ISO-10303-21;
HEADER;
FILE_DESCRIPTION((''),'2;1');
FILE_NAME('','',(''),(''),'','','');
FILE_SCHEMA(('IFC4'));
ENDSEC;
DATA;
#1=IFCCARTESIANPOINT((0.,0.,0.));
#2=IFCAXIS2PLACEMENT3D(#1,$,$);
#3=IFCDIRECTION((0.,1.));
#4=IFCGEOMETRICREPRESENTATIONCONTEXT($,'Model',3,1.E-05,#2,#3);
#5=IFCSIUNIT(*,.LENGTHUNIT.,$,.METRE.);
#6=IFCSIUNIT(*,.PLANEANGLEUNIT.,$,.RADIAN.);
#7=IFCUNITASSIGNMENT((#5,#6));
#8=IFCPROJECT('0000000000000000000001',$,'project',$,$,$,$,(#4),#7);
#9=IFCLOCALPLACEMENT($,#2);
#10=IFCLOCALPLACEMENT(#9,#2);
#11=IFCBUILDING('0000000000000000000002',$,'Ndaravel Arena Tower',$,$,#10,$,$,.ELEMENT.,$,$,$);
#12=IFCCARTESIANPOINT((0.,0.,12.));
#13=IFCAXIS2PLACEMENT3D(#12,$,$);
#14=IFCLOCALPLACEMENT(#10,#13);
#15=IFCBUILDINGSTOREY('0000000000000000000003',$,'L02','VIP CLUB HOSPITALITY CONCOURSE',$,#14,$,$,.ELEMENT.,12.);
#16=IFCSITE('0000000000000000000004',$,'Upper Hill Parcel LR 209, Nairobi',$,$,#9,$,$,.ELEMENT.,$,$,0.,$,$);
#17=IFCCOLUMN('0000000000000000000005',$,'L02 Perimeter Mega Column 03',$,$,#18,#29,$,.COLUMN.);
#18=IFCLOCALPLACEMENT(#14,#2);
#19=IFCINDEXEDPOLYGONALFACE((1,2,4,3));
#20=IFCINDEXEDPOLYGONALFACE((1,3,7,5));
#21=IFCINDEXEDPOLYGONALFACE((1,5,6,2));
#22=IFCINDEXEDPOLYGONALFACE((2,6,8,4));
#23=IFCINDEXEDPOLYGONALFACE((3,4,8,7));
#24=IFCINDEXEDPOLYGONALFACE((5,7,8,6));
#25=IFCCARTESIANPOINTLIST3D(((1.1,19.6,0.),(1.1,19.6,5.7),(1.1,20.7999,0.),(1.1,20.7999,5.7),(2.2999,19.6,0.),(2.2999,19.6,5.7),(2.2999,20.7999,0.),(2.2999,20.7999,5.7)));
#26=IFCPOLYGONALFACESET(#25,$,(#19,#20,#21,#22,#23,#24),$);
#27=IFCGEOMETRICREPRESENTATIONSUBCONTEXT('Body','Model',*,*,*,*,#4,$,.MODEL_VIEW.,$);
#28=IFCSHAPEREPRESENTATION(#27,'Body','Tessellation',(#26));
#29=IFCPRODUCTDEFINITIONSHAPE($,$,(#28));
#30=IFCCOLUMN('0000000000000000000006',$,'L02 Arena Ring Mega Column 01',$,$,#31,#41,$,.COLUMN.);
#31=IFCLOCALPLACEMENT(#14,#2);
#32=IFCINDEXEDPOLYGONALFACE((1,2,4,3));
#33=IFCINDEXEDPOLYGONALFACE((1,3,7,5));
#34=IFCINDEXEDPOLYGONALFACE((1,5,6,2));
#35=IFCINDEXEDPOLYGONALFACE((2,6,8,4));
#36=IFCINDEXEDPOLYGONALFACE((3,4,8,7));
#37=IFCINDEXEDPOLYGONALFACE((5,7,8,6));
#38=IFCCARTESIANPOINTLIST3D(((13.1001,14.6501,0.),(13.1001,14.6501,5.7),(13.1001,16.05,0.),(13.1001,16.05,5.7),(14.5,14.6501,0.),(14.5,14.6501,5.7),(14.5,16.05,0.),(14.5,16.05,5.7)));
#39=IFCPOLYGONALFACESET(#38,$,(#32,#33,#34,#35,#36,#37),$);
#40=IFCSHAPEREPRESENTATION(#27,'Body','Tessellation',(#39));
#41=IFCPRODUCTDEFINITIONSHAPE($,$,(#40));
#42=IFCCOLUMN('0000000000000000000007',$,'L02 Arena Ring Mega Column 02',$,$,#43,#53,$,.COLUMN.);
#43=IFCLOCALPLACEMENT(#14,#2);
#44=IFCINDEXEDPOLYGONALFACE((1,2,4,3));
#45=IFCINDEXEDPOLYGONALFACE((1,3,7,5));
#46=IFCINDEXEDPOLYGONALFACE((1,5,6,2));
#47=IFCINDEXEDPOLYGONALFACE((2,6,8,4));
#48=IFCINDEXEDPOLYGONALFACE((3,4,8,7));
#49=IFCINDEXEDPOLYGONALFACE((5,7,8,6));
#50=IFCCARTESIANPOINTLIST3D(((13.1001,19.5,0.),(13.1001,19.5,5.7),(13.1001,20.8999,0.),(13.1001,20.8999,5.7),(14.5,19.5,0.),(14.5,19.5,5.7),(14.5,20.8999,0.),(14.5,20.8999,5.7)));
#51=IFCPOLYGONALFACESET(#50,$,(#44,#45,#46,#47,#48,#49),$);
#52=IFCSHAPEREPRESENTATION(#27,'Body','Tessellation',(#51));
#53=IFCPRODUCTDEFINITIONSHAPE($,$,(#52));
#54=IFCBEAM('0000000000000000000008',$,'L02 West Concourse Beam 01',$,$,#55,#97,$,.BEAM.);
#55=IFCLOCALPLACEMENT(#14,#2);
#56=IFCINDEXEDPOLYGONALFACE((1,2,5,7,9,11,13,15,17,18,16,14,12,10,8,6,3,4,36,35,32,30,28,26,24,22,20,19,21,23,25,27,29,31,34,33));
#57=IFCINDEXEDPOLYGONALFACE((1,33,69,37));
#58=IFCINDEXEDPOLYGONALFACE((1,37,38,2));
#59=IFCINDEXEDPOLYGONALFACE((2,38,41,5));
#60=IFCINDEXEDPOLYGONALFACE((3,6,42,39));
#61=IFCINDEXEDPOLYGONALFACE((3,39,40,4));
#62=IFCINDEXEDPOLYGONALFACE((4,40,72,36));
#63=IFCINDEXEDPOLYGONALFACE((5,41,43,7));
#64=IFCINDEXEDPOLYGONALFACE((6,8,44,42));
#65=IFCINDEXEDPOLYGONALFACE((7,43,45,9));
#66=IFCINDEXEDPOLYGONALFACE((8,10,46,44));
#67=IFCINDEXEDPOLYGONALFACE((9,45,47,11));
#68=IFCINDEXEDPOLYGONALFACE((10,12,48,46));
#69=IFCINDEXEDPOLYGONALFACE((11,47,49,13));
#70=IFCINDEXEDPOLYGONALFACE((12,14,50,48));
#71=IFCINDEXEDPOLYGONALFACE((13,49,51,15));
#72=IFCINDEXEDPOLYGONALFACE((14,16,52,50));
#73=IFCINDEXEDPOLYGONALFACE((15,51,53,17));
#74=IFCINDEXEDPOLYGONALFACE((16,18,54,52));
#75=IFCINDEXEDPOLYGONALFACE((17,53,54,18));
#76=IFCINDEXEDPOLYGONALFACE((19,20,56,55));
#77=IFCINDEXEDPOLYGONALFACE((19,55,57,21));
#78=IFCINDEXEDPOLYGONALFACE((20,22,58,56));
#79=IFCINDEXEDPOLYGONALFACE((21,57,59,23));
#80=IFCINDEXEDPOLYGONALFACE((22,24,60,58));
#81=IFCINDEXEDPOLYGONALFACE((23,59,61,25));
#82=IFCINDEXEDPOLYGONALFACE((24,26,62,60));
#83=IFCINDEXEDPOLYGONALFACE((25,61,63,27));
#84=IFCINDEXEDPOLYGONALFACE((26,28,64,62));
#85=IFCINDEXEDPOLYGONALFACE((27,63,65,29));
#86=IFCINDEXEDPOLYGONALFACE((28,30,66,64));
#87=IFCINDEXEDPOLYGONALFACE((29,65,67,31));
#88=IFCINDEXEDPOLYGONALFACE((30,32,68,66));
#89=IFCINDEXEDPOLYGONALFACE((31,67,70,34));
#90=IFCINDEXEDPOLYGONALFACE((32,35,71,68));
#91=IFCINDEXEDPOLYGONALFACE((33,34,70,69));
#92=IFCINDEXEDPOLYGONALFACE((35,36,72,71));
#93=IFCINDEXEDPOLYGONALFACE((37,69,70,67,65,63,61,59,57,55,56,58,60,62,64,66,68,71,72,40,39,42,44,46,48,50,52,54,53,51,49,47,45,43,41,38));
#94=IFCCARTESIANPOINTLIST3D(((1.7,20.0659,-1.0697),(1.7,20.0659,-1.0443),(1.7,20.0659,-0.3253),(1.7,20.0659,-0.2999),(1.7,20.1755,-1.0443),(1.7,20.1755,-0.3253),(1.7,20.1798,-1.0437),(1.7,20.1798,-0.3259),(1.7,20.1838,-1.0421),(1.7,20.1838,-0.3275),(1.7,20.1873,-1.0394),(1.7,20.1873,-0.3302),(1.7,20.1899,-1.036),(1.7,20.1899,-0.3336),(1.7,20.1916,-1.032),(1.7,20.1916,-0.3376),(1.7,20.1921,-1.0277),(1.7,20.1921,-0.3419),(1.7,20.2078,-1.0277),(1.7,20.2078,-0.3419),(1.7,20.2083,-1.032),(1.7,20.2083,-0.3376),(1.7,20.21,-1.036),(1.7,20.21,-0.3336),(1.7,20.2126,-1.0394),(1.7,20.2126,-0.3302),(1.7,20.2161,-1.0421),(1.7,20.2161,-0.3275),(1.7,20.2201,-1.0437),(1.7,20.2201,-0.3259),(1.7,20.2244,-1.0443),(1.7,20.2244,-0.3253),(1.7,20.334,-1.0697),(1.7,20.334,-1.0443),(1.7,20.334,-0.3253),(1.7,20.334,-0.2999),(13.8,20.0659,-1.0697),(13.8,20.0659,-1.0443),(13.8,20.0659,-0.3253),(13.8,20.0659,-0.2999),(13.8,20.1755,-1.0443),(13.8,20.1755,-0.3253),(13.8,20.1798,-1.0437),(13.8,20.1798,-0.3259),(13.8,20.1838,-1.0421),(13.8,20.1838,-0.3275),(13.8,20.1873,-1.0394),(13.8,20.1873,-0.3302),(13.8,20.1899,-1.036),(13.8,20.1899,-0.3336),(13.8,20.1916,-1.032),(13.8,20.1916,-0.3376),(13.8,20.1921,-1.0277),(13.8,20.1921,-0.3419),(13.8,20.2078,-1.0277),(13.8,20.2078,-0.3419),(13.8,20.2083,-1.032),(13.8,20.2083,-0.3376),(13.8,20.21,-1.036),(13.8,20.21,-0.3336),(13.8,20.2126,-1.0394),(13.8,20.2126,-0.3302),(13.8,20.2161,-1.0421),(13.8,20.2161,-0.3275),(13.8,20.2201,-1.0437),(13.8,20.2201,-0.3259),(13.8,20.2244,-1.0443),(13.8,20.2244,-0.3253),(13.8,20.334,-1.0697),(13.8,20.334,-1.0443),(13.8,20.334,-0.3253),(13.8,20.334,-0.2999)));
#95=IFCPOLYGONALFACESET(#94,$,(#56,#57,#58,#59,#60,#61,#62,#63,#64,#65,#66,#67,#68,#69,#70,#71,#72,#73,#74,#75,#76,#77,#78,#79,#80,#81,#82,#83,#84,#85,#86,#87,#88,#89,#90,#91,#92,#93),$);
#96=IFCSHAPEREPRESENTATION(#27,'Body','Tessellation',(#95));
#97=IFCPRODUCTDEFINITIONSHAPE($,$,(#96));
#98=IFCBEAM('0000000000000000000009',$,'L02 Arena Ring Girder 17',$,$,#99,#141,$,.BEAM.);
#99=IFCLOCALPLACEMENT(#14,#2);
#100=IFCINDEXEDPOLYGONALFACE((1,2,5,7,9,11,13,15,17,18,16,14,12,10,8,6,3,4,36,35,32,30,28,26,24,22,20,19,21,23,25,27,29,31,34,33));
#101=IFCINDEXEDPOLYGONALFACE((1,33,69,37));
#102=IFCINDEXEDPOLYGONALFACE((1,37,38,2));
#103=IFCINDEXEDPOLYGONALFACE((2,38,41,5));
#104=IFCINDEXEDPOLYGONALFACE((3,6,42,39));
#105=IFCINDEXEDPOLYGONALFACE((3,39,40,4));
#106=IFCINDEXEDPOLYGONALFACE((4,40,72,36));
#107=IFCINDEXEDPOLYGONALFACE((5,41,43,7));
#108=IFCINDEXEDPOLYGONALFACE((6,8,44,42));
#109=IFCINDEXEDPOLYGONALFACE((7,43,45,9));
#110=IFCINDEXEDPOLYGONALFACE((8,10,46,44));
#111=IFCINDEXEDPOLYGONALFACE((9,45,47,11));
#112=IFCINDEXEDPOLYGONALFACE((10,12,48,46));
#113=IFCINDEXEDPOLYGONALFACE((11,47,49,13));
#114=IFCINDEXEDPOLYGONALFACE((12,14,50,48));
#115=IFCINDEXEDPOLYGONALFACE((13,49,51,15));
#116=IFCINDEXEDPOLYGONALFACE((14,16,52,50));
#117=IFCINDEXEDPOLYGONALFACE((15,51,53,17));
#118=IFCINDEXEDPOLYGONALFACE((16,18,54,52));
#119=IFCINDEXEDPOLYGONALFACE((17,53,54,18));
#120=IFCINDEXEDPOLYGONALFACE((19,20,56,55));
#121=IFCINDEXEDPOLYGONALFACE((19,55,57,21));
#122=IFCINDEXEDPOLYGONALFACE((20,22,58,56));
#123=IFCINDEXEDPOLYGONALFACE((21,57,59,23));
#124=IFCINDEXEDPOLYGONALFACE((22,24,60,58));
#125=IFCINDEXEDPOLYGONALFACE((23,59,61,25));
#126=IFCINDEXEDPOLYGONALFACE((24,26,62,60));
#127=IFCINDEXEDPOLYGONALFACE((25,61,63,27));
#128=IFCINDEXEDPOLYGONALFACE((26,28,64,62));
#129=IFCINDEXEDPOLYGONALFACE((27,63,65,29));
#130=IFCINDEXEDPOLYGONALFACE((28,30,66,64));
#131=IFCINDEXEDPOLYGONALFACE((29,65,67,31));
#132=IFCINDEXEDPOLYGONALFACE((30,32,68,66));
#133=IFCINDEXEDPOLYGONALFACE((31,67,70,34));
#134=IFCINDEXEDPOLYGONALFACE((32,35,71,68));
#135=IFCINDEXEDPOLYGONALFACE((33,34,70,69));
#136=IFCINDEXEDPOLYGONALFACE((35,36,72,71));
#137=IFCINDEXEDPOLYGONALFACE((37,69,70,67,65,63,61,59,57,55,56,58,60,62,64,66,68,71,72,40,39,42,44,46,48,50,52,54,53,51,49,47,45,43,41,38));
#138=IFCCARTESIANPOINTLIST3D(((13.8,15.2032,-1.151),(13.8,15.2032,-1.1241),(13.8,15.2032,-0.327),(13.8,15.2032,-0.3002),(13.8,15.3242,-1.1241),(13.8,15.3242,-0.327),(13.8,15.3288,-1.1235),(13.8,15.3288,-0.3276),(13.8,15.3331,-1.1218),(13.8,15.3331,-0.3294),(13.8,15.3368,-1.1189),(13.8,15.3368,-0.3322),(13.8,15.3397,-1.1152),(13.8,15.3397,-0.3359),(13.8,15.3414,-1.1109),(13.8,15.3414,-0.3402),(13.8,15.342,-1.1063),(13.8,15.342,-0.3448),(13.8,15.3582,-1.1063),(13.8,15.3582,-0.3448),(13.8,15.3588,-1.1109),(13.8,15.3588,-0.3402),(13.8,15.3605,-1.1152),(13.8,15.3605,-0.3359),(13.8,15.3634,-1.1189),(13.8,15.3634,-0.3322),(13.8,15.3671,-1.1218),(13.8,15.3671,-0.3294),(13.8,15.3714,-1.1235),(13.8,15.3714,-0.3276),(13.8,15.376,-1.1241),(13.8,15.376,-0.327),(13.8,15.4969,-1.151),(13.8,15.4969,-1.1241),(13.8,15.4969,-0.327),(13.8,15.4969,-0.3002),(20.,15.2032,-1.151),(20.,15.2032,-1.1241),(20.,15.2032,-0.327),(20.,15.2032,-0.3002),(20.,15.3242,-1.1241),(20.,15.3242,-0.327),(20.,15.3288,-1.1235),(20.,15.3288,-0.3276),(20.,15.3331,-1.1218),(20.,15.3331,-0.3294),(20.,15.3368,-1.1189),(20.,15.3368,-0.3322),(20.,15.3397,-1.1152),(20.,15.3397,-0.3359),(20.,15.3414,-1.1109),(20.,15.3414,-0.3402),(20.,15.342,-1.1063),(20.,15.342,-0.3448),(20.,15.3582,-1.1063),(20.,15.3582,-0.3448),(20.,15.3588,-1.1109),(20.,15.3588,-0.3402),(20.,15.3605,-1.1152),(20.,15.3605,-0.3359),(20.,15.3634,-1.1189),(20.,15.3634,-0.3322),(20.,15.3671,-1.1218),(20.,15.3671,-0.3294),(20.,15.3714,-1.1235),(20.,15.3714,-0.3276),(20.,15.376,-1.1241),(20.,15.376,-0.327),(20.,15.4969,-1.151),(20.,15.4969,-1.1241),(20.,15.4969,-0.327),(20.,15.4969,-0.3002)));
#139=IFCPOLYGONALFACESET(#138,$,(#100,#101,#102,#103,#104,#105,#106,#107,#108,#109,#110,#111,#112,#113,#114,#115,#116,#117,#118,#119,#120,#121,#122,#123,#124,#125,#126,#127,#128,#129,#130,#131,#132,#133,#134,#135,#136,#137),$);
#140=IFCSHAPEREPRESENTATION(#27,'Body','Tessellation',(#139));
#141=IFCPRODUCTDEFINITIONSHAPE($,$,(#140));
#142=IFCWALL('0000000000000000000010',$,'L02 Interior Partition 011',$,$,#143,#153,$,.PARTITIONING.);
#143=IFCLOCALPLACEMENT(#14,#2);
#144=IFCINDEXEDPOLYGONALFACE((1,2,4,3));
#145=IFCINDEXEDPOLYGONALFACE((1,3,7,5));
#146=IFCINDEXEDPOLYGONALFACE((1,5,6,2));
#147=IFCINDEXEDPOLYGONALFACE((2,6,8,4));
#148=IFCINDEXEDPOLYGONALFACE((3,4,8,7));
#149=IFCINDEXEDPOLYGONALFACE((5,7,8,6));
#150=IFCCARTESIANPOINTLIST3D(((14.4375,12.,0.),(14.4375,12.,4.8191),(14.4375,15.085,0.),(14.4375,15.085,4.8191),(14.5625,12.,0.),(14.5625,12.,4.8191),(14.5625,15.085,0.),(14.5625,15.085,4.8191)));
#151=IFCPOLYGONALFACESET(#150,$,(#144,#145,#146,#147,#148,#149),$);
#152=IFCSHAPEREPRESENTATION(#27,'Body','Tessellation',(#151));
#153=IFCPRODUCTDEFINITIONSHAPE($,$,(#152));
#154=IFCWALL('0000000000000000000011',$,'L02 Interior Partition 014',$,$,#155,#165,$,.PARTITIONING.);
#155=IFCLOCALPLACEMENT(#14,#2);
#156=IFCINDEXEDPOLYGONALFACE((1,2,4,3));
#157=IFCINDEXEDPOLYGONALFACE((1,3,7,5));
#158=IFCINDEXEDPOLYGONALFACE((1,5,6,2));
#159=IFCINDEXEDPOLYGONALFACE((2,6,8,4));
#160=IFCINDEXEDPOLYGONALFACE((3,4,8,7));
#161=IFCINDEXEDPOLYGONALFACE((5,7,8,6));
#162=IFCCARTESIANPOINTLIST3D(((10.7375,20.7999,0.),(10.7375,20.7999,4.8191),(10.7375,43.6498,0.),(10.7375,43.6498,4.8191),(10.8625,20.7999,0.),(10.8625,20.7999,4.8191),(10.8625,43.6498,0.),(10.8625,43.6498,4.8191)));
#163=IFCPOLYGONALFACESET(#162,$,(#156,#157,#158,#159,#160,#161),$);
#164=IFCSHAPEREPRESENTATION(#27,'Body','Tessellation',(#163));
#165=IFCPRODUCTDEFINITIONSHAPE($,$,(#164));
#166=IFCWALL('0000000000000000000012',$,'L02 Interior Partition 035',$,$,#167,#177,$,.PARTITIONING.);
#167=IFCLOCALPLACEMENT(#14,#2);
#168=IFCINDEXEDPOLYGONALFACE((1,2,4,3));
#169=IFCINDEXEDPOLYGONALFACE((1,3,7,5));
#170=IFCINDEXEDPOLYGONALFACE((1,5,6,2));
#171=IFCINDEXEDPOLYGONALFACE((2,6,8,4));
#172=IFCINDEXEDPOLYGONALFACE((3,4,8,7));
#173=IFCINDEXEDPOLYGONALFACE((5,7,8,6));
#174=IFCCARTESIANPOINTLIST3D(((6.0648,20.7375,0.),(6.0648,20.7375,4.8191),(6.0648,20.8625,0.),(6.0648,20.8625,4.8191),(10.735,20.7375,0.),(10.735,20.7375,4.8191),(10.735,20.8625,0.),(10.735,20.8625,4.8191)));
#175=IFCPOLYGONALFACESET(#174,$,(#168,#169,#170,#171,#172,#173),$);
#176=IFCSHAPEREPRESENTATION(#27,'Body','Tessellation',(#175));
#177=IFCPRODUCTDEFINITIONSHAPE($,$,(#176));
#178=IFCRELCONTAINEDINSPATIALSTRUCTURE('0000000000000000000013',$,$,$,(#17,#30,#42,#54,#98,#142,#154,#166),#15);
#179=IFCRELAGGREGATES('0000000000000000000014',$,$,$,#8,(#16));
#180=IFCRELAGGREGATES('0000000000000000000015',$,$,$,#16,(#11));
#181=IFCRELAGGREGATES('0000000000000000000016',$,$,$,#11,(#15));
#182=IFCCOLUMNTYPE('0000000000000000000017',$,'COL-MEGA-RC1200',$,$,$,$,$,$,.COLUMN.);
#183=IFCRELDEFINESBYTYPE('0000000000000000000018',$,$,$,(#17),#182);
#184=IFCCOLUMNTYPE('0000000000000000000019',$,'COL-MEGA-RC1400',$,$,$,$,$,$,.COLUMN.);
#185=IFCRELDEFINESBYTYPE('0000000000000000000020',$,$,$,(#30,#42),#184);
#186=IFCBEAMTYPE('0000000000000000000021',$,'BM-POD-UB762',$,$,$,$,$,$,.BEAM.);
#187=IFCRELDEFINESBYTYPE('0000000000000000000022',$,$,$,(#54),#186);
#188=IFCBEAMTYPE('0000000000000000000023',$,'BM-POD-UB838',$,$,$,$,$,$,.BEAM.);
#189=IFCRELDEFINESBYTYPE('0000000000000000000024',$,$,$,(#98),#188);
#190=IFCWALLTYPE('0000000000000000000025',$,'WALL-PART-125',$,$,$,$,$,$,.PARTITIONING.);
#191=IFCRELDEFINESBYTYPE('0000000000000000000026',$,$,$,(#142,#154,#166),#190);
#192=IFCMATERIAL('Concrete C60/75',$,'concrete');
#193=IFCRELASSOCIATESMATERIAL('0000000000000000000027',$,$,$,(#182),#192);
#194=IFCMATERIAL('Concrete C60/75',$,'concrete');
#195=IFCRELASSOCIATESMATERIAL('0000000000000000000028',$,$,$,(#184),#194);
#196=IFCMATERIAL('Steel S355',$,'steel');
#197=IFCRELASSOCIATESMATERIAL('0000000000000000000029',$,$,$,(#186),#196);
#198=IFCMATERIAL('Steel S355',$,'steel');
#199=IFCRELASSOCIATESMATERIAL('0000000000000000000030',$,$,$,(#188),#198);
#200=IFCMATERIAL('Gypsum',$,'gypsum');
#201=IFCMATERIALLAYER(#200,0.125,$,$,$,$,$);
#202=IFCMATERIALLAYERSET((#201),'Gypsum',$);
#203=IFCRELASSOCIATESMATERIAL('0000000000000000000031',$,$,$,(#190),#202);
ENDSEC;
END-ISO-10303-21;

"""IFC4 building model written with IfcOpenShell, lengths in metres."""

from ifc_helpers import new_model, si_unit, direction, frame, frame_2d, origin, origin_2d, place, context, subcontext, project, spatial, rectangle, i_section, extrude, material, layer, layer_set, material_profile, profile_set, type_object, element, save


model = new_model("IFC4")

# Units and contexts
model_context = context("Model", 3, precision=1e-05, world=origin(), true_north=direction((0.0, 1.0)))
body_context = subcontext(model_context, "Body", "Model", "MODEL_VIEW")
ifc_project = project(units=[si_unit("LENGTHUNIT", "METRE"), si_unit("PLANEANGLEUNIT", "RADIAN")], contexts=[model_context])

# Site, building, storey
site_placement = place(None, origin())
site = spatial("IfcSite", under=ifc_project, at=site_placement, Name="Upper Hill Parcel LR 209, Nairobi", CompositionType="ELEMENT", RefElevation=0.0)
building_placement = place(site_placement, origin())
building = spatial("IfcBuilding", under=site, at=building_placement, Name="Ndaravel Arena Tower", CompositionType="ELEMENT")
storey_placement = place(building_placement, frame((0.0, 0.0, 12.0)))
storey = spatial("IfcBuildingStorey", under=building, at=storey_placement, Name="L02", Description="VIP CLUB HOSPITALITY CONCOURSE", CompositionType="ELEMENT", Elevation=12.0)

# Columns
ifc_material_1 = material(Name="Concrete C60/75", Category="concrete")
ifc_material_profile_1 = material_profile(ifc_material_1, rectangle(XDim=1.2, YDim=1.2, at=origin_2d()), Name="RC 1200x1200")
ifc_profile_set_1 = profile_set([ifc_material_profile_1], Name="Concrete C60/75")
column_type_1 = type_object("IfcColumnType", Name="COL-MEGA-RC1200", PredefinedType="COLUMN", material=ifc_profile_set_1)
column_placement = place(storey_placement, frame((1.7, 20.2, 0.0), z_axis=(0.0, 0.0, 1.0), x_axis=(1.0, 0.0, 0.0)))
element("IfcColumn", 1, at=column_placement, inside=storey, type_object=column_type_1, Name="L02 Perimeter Mega Column 03", PredefinedType="COLUMN", context=body_context, shape_type="SweptSolid", body=[
    extrude(rectangle(XDim=1.2, YDim=1.2, at=origin_2d()), origin(), (0.0, 0.0, 1.0), 5.7),
])
ifc_material_2 = material(Name="Concrete C60/75", Category="concrete")
ifc_material_profile_2 = material_profile(ifc_material_2, rectangle(XDim=1.3999, YDim=1.3999, at=origin_2d()), Name="RC 1400x1400")
ifc_profile_set_2 = profile_set([ifc_material_profile_2], Name="Concrete C60/75")
column_type_2 = type_object("IfcColumnType", Name="COL-MEGA-RC1400", PredefinedType="COLUMN", material=ifc_profile_set_2)
for number, where, z_axis, x_axis, name in (
    (2, (13.8, 15.3501, 0.0), (0.0, 0.0, 1.0), (1.0, 0.0, 0.0), "L02 Arena Ring Mega Column 01"),
    (3, (13.8, 20.2, 0.0), (0.0, 0.0, 1.0), (1.0, 0.0, 0.0), "L02 Arena Ring Mega Column 02"),
):
    element("IfcColumn", number, at=place(storey_placement, frame(where, z_axis=z_axis, x_axis=x_axis)), inside=storey, type_object=column_type_2, Name=name, PredefinedType="COLUMN", context=body_context, shape_type="SweptSolid", body=[
        extrude(rectangle(XDim=1.3999, YDim=1.3999, at=origin_2d()), origin(), (0.0, 0.0, 1.0), 5.7),
    ])

# Beams
ifc_material_3 = material(Name="Steel S355", Category="steel")
ifc_material_profile_3 = material_profile(ifc_material_3, i_section(OverallWidth=0.2681, OverallDepth=0.7698, WebThickness=0.0156, FlangeThickness=0.0254, FilletRadius=0.0166, at=origin_2d()), Name="UB 762x267x197")
ifc_profile_set_3 = profile_set([ifc_material_profile_3], Name="Steel S355")
beam_type_1 = type_object("IfcBeamType", Name="BM-POD-UB762", PredefinedType="BEAM", material=ifc_profile_set_3)
beam_1_placement = place(storey_placement, frame((1.7, 20.2, -0.6848), z_axis=(1.0, 0.0, 0.0), x_axis=(0.0, 1.0, 0.0)))
element("IfcBeam", 4, at=beam_1_placement, inside=storey, type_object=beam_type_1, Name="L02 West Concourse Beam 01", PredefinedType="BEAM", context=body_context, shape_type="SweptSolid", body=[
    extrude(i_section(OverallWidth=0.2681, OverallDepth=0.7698, WebThickness=0.0156, FlangeThickness=0.0254, FilletRadius=0.0166, at=origin_2d()), origin(), (0.0, 0.0, 1.0), 12.1001),
])
ifc_material_4 = material(Name="Steel S355", Category="steel")
ifc_material_profile_4 = material_profile(ifc_material_4, i_section(OverallWidth=0.2937, OverallDepth=0.8508, WebThickness=0.0161, FlangeThickness=0.0269, FilletRadius=0.0178, at=origin_2d()), Name="UB 838x292x226")
ifc_profile_set_4 = profile_set([ifc_material_profile_4], Name="Steel S355")
beam_type_2 = type_object("IfcBeamType", Name="BM-POD-UB838", PredefinedType="BEAM", material=ifc_profile_set_4)
beam_2_placement = place(storey_placement, frame((13.8, 15.3501, -0.7256), z_axis=(1.0, 0.0, 0.0), x_axis=(0.0, 1.0, 0.0)))
element("IfcBeam", 5, at=beam_2_placement, inside=storey, type_object=beam_type_2, Name="L02 Arena Ring Girder 17", PredefinedType="BEAM", context=body_context, shape_type="SweptSolid", body=[
    extrude(i_section(OverallWidth=0.2937, OverallDepth=0.8508, WebThickness=0.0161, FlangeThickness=0.0269, FilletRadius=0.0178, at=origin_2d()), origin(), (0.0, 0.0, 1.0), 6.2),
])

# Walls
ifc_material_5 = material(Name="Gypsum", Category="gypsum")
ifc_layer_1 = layer(ifc_material_5, 0.125)
ifc_layer_set_1 = layer_set([ifc_layer_1], Name="Gypsum")
wall_type_1 = type_object("IfcWallType", Name="WALL-PART-125", PredefinedType="PARTITIONING", material=ifc_layer_set_1)
wall_1_placement = place(storey_placement, frame((14.5, 15.085, 0.0), z_axis=(0.0, 0.0, 1.0), x_axis=(0.0, -1.0, 0.0)))
element("IfcWall", 6, at=wall_1_placement, inside=storey, type_object=wall_type_1, Name="L02 Interior Partition 011", PredefinedType="PARTITIONING", context=body_context, shape_type="SweptSolid", body=[
    extrude(rectangle(XDim=3.085, YDim=0.125, at=frame_2d((1.5425, 0.0))), origin(), (0.0, 0.0, 1.0), 4.8191),
])
wall_2_placement = place(storey_placement, frame((10.8, 20.8, 0.0), z_axis=(0.0, 0.0, 1.0), x_axis=(0.0, 1.0, 0.0)))
element("IfcWall", 7, at=wall_2_placement, inside=storey, type_object=wall_type_1, Name="L02 Interior Partition 014", PredefinedType="PARTITIONING", context=body_context, shape_type="SweptSolid", body=[
    extrude(rectangle(XDim=22.8499, YDim=0.125, at=frame_2d((11.4248, 0.0))), origin(), (0.0, 0.0, 1.0), 4.8191),
])
wall_3_placement = place(storey_placement, frame((6.0649, 20.8, 0.0), z_axis=(0.0, 0.0, 1.0), x_axis=(1.0, 0.0, 0.0)))
element("IfcWall", 8, at=wall_3_placement, inside=storey, type_object=wall_type_1, Name="L02 Interior Partition 035", PredefinedType="PARTITIONING", context=body_context, shape_type="SweptSolid", body=[
    extrude(rectangle(XDim=4.6702, YDim=0.125, at=frame_2d((2.335, 0.0))), origin(), (0.0, 0.0, 1.0), 4.8191),
])

save(model, "model.ifc")
